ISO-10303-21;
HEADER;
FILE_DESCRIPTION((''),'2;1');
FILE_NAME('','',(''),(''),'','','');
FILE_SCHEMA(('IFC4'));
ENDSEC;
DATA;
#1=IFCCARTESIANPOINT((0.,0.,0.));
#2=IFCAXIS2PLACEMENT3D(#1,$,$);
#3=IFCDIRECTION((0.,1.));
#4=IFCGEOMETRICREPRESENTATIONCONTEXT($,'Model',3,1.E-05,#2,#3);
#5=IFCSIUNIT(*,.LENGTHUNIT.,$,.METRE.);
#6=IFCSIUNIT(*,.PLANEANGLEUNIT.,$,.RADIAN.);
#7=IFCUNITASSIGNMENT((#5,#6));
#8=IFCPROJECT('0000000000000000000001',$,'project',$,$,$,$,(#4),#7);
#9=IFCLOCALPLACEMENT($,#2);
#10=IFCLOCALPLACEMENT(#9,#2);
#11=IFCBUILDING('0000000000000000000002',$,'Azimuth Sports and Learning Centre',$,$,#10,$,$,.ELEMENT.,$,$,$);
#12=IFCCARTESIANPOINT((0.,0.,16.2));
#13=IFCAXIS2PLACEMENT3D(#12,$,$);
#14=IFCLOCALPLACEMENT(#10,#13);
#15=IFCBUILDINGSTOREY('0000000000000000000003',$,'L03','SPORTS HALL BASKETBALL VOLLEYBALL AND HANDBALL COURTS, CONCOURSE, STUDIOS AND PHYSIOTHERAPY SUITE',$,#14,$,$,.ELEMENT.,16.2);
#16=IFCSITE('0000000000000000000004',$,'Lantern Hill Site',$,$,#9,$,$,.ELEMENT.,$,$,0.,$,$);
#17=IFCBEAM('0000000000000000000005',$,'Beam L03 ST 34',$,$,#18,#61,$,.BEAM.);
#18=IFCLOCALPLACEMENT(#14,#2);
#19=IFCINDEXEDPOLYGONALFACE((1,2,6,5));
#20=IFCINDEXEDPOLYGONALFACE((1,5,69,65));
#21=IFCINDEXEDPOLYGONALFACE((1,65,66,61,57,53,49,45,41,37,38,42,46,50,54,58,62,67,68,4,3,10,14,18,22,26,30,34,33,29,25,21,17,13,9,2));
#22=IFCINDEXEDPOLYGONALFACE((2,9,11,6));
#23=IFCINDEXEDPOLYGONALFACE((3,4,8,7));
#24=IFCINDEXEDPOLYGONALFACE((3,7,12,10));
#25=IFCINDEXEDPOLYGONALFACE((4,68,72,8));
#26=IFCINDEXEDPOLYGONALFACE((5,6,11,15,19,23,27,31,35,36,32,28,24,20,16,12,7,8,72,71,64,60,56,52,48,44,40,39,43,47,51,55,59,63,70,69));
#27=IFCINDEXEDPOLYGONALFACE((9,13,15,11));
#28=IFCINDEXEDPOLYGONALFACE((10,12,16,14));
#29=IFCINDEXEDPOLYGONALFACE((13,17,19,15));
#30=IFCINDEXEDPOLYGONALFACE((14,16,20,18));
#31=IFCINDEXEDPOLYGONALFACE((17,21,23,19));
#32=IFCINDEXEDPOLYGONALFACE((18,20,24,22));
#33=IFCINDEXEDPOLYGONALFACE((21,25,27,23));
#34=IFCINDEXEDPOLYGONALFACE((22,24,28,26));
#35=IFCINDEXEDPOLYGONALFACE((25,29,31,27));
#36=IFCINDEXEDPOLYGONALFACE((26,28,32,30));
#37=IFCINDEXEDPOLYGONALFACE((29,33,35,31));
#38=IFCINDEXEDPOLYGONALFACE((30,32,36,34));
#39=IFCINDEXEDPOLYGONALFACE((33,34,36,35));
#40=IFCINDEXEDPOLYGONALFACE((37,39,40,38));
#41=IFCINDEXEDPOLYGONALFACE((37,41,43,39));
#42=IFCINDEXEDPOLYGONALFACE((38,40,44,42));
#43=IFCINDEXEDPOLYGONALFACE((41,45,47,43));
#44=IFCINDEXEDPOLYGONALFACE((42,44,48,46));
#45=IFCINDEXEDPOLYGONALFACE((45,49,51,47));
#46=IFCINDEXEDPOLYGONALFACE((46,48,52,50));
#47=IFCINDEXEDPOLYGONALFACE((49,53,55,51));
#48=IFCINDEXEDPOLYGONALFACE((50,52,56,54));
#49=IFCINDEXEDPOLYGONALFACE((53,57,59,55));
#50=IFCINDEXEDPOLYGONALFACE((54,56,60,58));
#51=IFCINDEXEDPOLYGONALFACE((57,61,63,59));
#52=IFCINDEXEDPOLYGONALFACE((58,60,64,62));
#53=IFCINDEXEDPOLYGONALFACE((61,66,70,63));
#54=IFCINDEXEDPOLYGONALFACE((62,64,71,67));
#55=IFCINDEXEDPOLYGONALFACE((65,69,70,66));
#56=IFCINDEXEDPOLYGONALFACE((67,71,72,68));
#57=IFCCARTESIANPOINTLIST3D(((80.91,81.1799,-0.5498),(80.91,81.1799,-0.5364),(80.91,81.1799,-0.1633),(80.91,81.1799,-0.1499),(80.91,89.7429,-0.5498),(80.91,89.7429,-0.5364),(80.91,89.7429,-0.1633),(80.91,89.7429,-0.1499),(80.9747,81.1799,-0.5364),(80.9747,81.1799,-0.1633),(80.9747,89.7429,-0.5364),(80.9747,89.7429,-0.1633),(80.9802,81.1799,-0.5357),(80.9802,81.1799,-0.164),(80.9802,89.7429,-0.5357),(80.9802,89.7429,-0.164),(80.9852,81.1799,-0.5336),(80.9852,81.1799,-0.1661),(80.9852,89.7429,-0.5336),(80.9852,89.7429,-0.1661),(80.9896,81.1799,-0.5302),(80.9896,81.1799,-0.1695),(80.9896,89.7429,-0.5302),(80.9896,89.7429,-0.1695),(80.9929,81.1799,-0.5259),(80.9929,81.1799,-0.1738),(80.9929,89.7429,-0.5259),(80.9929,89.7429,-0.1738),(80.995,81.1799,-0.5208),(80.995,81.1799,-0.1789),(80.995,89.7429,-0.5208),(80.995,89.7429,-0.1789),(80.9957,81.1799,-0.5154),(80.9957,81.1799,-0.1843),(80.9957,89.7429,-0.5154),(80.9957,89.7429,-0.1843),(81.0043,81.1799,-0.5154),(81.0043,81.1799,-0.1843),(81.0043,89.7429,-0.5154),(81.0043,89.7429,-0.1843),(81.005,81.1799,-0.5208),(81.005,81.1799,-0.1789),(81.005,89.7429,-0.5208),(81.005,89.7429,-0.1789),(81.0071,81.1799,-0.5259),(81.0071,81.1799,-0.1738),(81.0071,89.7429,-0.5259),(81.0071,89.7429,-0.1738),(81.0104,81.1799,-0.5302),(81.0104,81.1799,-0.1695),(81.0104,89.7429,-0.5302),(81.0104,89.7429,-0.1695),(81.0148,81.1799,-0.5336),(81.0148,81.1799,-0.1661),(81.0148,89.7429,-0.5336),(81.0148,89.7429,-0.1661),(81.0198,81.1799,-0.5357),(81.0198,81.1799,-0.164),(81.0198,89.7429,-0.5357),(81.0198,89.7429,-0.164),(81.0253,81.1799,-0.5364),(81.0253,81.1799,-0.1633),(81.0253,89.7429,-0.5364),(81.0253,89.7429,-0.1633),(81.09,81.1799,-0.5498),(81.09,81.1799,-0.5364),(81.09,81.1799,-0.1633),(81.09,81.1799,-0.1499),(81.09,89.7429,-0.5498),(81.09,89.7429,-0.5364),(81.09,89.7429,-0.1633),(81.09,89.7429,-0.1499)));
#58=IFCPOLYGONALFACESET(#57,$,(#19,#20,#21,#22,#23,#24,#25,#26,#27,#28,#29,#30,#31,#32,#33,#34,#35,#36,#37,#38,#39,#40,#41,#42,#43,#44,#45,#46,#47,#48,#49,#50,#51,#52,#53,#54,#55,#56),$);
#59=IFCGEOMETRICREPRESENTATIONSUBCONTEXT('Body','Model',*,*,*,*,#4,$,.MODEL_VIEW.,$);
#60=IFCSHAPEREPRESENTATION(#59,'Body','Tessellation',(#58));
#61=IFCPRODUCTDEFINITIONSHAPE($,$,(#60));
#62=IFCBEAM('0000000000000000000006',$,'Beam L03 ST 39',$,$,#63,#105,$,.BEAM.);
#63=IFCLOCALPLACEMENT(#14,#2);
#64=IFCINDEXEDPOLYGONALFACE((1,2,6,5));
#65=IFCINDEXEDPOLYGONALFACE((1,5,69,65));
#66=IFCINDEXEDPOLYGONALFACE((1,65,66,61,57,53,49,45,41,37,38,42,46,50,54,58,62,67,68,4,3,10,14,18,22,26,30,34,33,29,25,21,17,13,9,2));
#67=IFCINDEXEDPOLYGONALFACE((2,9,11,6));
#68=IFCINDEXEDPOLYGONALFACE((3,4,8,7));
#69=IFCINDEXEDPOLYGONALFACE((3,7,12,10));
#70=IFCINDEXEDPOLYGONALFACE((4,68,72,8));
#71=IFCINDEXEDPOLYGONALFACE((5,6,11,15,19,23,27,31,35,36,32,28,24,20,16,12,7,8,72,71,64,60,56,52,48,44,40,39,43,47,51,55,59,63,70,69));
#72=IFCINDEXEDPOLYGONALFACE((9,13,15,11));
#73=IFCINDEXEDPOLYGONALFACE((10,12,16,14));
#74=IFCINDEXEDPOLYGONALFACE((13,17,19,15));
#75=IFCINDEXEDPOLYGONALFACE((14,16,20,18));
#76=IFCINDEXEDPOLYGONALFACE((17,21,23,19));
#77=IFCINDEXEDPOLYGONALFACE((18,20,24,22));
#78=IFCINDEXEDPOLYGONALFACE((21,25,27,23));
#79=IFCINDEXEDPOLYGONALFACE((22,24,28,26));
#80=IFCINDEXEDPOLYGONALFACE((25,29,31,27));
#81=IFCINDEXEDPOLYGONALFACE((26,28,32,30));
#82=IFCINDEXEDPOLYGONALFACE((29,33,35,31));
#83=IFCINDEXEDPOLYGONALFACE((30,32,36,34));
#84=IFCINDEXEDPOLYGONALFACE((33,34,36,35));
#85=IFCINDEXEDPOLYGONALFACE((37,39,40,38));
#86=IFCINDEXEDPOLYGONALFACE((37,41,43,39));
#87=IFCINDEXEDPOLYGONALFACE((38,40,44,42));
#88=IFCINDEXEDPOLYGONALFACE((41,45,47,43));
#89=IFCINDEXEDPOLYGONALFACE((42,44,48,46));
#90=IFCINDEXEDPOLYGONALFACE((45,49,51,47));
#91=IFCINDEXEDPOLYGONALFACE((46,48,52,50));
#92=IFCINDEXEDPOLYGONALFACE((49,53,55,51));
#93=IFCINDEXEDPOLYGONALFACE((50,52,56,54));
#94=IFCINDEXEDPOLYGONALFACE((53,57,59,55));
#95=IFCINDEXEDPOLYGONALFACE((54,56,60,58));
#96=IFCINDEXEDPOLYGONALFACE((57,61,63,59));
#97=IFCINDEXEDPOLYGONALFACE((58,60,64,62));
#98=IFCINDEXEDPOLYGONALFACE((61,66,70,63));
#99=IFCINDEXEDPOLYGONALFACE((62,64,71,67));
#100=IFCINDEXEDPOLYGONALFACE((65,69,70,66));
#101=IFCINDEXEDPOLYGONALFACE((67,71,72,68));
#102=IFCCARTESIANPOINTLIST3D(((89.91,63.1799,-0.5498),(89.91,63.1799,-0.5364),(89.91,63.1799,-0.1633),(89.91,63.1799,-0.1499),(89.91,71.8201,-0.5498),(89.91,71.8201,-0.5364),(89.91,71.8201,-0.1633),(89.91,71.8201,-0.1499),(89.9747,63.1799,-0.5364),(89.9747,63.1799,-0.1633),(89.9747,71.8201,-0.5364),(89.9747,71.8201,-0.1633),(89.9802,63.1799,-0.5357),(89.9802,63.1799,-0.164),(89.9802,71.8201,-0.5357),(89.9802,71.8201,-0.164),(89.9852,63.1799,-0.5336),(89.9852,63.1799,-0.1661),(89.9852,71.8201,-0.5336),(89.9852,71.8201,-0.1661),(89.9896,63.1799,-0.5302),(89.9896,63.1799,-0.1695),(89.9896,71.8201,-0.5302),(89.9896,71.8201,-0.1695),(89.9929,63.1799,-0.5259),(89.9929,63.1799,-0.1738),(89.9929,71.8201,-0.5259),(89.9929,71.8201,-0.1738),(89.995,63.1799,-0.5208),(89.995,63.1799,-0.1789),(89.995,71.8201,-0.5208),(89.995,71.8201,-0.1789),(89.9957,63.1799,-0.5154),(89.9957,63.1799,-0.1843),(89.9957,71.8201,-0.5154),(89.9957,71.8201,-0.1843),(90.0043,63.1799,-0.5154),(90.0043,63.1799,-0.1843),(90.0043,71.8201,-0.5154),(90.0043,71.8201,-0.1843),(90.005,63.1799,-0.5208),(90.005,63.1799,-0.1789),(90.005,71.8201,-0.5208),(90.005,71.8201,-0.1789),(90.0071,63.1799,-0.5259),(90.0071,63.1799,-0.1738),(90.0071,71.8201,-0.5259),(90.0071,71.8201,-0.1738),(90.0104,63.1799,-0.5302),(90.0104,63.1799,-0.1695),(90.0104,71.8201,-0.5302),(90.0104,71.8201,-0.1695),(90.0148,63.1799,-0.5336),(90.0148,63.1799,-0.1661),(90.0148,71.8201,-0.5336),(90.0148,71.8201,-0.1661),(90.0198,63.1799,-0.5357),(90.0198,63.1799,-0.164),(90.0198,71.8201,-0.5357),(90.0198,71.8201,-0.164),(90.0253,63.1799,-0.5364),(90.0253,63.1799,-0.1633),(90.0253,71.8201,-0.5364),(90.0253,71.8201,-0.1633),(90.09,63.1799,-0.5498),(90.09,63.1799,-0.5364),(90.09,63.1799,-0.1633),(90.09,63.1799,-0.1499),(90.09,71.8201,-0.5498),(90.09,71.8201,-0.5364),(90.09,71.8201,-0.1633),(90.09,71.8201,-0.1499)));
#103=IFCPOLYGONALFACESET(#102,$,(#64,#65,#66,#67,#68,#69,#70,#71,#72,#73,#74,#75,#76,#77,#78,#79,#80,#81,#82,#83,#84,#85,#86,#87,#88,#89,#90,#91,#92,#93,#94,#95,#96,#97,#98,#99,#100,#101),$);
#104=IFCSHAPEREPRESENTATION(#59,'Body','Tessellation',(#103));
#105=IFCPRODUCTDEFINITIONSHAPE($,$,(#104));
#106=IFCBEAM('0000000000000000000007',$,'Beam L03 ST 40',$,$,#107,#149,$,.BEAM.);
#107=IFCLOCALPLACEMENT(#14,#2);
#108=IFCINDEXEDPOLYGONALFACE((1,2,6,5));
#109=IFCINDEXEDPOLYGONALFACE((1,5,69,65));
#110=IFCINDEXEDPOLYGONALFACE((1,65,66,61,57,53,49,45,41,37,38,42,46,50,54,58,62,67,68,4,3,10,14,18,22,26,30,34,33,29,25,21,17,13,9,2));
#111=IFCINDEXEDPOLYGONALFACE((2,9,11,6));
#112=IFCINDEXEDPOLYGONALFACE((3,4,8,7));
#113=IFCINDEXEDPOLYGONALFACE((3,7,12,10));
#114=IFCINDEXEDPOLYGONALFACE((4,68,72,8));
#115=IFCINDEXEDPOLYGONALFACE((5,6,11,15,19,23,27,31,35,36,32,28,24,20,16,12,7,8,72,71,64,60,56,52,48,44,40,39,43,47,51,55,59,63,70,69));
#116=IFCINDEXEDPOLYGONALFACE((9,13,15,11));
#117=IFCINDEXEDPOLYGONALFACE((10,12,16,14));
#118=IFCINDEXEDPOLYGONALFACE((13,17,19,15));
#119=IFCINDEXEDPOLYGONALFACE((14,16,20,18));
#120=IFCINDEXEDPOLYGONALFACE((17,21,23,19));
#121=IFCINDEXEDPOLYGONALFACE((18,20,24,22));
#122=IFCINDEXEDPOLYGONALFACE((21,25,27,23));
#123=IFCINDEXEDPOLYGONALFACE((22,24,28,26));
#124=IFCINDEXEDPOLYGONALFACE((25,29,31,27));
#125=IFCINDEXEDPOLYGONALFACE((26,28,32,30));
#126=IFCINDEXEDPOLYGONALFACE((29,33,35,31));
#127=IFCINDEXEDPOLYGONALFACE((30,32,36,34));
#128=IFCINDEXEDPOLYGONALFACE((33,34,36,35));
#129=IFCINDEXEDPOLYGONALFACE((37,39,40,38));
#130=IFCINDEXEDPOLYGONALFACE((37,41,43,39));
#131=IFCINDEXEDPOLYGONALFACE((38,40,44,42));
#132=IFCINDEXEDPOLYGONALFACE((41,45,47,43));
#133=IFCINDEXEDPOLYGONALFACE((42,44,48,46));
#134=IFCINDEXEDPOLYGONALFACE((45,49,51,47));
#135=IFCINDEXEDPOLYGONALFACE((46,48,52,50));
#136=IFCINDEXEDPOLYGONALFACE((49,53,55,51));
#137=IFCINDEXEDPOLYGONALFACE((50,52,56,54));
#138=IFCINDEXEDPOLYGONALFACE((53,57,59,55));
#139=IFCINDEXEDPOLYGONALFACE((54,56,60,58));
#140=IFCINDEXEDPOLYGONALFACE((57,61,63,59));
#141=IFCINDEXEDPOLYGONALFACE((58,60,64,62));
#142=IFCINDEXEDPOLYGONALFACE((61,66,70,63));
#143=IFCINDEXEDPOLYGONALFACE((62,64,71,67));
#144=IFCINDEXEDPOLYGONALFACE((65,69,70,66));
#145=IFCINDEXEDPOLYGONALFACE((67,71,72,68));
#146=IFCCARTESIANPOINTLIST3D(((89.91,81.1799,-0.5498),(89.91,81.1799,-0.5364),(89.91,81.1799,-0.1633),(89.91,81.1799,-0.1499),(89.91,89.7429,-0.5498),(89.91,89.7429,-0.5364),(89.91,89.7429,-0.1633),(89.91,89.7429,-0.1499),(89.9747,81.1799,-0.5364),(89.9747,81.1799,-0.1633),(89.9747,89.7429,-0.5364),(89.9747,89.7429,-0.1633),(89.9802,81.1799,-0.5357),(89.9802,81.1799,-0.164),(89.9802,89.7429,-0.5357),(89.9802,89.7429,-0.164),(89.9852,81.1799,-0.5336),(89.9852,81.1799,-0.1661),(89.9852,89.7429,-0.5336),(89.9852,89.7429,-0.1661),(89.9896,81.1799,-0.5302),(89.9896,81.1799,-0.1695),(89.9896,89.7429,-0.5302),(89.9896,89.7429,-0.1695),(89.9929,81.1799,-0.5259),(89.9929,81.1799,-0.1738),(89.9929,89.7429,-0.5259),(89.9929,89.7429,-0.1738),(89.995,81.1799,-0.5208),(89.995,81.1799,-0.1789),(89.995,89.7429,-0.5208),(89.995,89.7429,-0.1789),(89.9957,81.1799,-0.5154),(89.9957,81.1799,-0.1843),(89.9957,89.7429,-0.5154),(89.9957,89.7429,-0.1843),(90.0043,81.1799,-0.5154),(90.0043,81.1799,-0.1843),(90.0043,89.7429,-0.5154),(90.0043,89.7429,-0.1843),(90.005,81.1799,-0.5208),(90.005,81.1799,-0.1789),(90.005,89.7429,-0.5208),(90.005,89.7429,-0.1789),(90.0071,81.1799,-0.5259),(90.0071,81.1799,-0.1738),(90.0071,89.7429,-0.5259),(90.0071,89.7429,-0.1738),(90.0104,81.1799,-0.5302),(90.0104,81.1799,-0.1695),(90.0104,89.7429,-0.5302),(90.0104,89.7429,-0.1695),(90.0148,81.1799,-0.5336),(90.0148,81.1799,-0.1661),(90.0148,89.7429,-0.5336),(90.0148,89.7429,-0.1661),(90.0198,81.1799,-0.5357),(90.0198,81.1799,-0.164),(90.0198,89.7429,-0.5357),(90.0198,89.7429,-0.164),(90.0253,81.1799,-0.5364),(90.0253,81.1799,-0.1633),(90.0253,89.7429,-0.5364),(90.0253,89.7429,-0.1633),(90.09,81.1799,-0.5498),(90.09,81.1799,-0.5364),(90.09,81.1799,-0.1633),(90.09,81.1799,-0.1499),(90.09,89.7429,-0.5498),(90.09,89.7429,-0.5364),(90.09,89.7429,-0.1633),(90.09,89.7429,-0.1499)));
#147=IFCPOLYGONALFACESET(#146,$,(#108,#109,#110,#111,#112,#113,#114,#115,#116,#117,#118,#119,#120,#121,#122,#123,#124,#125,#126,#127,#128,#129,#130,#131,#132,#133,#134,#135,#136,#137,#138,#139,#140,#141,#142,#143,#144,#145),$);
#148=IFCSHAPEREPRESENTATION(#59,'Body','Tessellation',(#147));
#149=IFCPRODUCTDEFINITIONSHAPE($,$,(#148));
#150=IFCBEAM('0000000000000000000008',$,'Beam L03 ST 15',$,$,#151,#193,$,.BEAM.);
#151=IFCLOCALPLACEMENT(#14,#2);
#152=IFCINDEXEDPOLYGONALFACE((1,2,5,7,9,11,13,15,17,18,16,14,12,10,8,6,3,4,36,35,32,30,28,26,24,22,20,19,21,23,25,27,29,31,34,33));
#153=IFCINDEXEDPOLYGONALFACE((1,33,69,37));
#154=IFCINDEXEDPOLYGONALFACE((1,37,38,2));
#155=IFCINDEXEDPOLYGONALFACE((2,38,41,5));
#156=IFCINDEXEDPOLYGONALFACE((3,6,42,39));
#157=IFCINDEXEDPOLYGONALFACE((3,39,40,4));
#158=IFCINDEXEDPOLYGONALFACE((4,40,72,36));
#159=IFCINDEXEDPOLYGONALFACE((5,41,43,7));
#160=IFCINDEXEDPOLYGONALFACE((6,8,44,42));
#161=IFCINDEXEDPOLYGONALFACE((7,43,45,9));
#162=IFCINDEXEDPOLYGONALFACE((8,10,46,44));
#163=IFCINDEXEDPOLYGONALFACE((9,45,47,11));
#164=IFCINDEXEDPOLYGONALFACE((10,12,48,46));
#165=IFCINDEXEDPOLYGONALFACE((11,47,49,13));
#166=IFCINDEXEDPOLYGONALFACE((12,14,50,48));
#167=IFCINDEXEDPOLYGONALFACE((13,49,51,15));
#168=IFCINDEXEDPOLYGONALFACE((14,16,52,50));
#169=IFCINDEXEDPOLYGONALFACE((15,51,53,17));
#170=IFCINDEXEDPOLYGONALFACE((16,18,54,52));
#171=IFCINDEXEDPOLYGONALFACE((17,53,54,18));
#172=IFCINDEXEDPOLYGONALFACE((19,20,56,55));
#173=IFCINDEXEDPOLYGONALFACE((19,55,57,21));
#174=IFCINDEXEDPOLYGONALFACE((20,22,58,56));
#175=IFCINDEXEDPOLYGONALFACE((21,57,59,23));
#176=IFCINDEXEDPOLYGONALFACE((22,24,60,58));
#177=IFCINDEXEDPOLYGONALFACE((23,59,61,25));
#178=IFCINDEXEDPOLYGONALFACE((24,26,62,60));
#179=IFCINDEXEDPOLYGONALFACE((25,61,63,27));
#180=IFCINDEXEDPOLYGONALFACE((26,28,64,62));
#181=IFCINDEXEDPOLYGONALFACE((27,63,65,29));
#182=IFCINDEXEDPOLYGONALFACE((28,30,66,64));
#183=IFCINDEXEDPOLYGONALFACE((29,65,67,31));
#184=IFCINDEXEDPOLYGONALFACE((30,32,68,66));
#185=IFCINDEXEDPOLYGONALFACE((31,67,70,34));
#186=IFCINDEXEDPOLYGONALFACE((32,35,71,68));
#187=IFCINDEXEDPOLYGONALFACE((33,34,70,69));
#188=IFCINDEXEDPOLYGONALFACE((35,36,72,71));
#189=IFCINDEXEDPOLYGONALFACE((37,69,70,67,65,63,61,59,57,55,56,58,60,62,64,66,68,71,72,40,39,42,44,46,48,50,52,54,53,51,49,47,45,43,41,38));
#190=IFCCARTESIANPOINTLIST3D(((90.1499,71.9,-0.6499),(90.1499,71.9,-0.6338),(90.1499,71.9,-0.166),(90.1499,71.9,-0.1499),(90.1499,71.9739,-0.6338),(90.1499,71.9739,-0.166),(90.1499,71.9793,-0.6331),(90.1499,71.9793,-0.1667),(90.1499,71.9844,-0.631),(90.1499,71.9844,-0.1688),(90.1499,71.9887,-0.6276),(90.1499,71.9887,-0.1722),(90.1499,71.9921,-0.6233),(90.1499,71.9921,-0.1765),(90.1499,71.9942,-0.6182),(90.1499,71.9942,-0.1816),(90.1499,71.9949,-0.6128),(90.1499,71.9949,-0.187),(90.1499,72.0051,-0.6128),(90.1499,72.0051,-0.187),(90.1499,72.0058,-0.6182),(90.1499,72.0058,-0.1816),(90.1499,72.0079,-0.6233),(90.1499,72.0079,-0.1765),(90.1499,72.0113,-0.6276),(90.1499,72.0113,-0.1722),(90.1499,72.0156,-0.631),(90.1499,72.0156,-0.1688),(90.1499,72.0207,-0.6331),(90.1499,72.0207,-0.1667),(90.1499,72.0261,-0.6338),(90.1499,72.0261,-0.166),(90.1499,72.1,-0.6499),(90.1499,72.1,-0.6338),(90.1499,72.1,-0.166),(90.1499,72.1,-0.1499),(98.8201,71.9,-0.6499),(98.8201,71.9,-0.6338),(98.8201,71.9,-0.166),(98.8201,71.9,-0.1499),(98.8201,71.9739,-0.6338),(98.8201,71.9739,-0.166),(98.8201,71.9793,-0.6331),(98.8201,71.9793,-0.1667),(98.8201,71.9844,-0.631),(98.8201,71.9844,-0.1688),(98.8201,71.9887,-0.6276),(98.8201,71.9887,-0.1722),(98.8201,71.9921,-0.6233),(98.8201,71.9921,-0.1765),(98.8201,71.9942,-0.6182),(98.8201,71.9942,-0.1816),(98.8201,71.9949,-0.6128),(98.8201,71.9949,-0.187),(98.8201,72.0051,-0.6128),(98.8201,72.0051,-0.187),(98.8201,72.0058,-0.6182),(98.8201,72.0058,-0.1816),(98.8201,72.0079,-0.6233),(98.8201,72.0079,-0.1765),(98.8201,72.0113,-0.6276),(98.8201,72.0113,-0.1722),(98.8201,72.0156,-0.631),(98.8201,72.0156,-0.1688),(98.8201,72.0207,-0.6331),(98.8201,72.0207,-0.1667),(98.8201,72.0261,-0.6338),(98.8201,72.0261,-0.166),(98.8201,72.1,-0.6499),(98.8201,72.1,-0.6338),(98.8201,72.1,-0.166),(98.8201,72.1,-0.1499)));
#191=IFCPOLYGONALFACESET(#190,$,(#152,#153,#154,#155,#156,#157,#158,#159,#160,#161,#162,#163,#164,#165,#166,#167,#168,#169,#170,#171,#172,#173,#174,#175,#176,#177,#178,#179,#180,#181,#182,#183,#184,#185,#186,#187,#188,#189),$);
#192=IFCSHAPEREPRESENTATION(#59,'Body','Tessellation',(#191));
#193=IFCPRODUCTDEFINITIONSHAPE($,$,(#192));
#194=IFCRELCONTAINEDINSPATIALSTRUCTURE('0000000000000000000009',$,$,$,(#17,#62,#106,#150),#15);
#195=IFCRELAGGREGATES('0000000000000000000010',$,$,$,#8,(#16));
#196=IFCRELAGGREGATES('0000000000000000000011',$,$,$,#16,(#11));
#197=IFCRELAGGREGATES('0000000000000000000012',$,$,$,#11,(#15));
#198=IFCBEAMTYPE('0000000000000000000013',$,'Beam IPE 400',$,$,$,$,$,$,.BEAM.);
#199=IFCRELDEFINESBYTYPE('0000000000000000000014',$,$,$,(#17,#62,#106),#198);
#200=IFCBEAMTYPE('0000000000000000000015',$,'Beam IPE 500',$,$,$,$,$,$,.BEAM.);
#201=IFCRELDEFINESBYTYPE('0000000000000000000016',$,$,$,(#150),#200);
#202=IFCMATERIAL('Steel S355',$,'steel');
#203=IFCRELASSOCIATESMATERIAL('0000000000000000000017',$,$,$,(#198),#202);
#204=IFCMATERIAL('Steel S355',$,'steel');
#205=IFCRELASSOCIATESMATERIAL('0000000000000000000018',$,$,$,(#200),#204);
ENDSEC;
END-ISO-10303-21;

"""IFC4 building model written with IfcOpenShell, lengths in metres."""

from ifc_helpers import new_model, si_unit, direction, frame, origin, origin_2d, place, context, subcontext, project, spatial, i_section, extrude, material, material_profile, profile_set, type_object, element, save


model = new_model("IFC4")

# Units and contexts
model_context = context("Model", 3, precision=1e-05, world=origin(), true_north=direction((0.0, 1.0)))
body_context = subcontext(model_context, "Body", "Model", "MODEL_VIEW")
ifc_project = project(units=[si_unit("LENGTHUNIT", "METRE"), si_unit("PLANEANGLEUNIT", "RADIAN")], contexts=[model_context])

# Site, building, storey
site_placement = place(None, origin())
site = spatial("IfcSite", under=ifc_project, at=site_placement, Name="Lantern Hill Site", CompositionType="ELEMENT", RefElevation=0.0)
building_placement = place(site_placement, origin())
building = spatial("IfcBuilding", under=site, at=building_placement, Name="Azimuth Sports and Learning Centre", CompositionType="ELEMENT")
storey_placement = place(building_placement, frame((0.0, 0.0, 16.2)))
storey = spatial("IfcBuildingStorey", under=building, at=storey_placement, Name="L03", Description="SPORTS HALL BASKETBALL VOLLEYBALL AND HANDBALL COURTS, CONCOURSE, STUDIOS AND PHYSIOTHERAPY SUITE", CompositionType="ELEMENT", Elevation=16.2)

# Beams
ifc_material_1 = material(Name="Steel S355", Category="steel")
ifc_material_profile_1 = material_profile(ifc_material_1, i_section(OverallWidth=0.1799, OverallDepth=0.3999, WebThickness=0.0085, FlangeThickness=0.0134, FilletRadius=0.021, at=origin_2d()), Name="IPE 400")
ifc_profile_set_1 = profile_set([ifc_material_profile_1], Name="Steel S355")
beam_type_1 = type_object("IfcBeamType", Name="Beam IPE 400", PredefinedType="BEAM", material=ifc_profile_set_1)
beam_1_placement = place(storey_placement, frame((81.0, 81.1799, -0.3499), z_axis=(0.0, 1.0, 0.0), x_axis=(-1.0, 0.0, 0.0)))
element("IfcBeam", 1, at=beam_1_placement, inside=storey, type_object=beam_type_1, Name="Beam L03 ST 34", PredefinedType="BEAM", context=body_context, shape_type="SweptSolid", body=[
    extrude(i_section(OverallWidth=0.1799, OverallDepth=0.3999, WebThickness=0.0085, FlangeThickness=0.0134, FilletRadius=0.021, at=origin_2d()), origin(), (0.0, 0.0, 1.0), 8.563),
])
beam_2_placement = place(storey_placement, frame((90.0, 63.1799, -0.3499), z_axis=(0.0, 1.0, 0.0), x_axis=(-1.0, 0.0, 0.0)))
element("IfcBeam", 2, at=beam_2_placement, inside=storey, type_object=beam_type_1, Name="Beam L03 ST 39", PredefinedType="BEAM", context=body_context, shape_type="SweptSolid", body=[
    extrude(i_section(OverallWidth=0.1799, OverallDepth=0.3999, WebThickness=0.0085, FlangeThickness=0.0134, FilletRadius=0.021, at=origin_2d()), origin(), (0.0, 0.0, 1.0), 8.6401),
])
beam_3_placement = place(storey_placement, frame((90.0, 81.1799, -0.3499), z_axis=(0.0, 1.0, 0.0), x_axis=(-1.0, 0.0, 0.0)))
element("IfcBeam", 3, at=beam_3_placement, inside=storey, type_object=beam_type_1, Name="Beam L03 ST 40", PredefinedType="BEAM", context=body_context, shape_type="SweptSolid", body=[
    extrude(i_section(OverallWidth=0.1799, OverallDepth=0.3999, WebThickness=0.0085, FlangeThickness=0.0134, FilletRadius=0.021, at=origin_2d()), origin(), (0.0, 0.0, 1.0), 8.563),
])
ifc_material_2 = material(Name="Steel S355", Category="steel")
ifc_material_profile_2 = material_profile(ifc_material_2, i_section(OverallWidth=0.2, OverallDepth=0.5, WebThickness=0.0103, FlangeThickness=0.0161, FilletRadius=0.021, at=origin_2d()), Name="IPE 500")
ifc_profile_set_2 = profile_set([ifc_material_profile_2], Name="Steel S355")
beam_type_2 = type_object("IfcBeamType", Name="Beam IPE 500", PredefinedType="BEAM", material=ifc_profile_set_2)
beam_4_placement = place(storey_placement, frame((90.1499, 72.0, -0.3999), z_axis=(1.0, 0.0, 0.0), x_axis=(0.0, 1.0, 0.0)))
element("IfcBeam", 4, at=beam_4_placement, inside=storey, type_object=beam_type_2, Name="Beam L03 ST 15", PredefinedType="BEAM", context=body_context, shape_type="SweptSolid", body=[
    extrude(i_section(OverallWidth=0.2, OverallDepth=0.5, WebThickness=0.0103, FlangeThickness=0.0161, FilletRadius=0.021, at=origin_2d()), origin(), (0.0, 0.0, 1.0), 8.6702),
])

save(model, "model.ifc")
